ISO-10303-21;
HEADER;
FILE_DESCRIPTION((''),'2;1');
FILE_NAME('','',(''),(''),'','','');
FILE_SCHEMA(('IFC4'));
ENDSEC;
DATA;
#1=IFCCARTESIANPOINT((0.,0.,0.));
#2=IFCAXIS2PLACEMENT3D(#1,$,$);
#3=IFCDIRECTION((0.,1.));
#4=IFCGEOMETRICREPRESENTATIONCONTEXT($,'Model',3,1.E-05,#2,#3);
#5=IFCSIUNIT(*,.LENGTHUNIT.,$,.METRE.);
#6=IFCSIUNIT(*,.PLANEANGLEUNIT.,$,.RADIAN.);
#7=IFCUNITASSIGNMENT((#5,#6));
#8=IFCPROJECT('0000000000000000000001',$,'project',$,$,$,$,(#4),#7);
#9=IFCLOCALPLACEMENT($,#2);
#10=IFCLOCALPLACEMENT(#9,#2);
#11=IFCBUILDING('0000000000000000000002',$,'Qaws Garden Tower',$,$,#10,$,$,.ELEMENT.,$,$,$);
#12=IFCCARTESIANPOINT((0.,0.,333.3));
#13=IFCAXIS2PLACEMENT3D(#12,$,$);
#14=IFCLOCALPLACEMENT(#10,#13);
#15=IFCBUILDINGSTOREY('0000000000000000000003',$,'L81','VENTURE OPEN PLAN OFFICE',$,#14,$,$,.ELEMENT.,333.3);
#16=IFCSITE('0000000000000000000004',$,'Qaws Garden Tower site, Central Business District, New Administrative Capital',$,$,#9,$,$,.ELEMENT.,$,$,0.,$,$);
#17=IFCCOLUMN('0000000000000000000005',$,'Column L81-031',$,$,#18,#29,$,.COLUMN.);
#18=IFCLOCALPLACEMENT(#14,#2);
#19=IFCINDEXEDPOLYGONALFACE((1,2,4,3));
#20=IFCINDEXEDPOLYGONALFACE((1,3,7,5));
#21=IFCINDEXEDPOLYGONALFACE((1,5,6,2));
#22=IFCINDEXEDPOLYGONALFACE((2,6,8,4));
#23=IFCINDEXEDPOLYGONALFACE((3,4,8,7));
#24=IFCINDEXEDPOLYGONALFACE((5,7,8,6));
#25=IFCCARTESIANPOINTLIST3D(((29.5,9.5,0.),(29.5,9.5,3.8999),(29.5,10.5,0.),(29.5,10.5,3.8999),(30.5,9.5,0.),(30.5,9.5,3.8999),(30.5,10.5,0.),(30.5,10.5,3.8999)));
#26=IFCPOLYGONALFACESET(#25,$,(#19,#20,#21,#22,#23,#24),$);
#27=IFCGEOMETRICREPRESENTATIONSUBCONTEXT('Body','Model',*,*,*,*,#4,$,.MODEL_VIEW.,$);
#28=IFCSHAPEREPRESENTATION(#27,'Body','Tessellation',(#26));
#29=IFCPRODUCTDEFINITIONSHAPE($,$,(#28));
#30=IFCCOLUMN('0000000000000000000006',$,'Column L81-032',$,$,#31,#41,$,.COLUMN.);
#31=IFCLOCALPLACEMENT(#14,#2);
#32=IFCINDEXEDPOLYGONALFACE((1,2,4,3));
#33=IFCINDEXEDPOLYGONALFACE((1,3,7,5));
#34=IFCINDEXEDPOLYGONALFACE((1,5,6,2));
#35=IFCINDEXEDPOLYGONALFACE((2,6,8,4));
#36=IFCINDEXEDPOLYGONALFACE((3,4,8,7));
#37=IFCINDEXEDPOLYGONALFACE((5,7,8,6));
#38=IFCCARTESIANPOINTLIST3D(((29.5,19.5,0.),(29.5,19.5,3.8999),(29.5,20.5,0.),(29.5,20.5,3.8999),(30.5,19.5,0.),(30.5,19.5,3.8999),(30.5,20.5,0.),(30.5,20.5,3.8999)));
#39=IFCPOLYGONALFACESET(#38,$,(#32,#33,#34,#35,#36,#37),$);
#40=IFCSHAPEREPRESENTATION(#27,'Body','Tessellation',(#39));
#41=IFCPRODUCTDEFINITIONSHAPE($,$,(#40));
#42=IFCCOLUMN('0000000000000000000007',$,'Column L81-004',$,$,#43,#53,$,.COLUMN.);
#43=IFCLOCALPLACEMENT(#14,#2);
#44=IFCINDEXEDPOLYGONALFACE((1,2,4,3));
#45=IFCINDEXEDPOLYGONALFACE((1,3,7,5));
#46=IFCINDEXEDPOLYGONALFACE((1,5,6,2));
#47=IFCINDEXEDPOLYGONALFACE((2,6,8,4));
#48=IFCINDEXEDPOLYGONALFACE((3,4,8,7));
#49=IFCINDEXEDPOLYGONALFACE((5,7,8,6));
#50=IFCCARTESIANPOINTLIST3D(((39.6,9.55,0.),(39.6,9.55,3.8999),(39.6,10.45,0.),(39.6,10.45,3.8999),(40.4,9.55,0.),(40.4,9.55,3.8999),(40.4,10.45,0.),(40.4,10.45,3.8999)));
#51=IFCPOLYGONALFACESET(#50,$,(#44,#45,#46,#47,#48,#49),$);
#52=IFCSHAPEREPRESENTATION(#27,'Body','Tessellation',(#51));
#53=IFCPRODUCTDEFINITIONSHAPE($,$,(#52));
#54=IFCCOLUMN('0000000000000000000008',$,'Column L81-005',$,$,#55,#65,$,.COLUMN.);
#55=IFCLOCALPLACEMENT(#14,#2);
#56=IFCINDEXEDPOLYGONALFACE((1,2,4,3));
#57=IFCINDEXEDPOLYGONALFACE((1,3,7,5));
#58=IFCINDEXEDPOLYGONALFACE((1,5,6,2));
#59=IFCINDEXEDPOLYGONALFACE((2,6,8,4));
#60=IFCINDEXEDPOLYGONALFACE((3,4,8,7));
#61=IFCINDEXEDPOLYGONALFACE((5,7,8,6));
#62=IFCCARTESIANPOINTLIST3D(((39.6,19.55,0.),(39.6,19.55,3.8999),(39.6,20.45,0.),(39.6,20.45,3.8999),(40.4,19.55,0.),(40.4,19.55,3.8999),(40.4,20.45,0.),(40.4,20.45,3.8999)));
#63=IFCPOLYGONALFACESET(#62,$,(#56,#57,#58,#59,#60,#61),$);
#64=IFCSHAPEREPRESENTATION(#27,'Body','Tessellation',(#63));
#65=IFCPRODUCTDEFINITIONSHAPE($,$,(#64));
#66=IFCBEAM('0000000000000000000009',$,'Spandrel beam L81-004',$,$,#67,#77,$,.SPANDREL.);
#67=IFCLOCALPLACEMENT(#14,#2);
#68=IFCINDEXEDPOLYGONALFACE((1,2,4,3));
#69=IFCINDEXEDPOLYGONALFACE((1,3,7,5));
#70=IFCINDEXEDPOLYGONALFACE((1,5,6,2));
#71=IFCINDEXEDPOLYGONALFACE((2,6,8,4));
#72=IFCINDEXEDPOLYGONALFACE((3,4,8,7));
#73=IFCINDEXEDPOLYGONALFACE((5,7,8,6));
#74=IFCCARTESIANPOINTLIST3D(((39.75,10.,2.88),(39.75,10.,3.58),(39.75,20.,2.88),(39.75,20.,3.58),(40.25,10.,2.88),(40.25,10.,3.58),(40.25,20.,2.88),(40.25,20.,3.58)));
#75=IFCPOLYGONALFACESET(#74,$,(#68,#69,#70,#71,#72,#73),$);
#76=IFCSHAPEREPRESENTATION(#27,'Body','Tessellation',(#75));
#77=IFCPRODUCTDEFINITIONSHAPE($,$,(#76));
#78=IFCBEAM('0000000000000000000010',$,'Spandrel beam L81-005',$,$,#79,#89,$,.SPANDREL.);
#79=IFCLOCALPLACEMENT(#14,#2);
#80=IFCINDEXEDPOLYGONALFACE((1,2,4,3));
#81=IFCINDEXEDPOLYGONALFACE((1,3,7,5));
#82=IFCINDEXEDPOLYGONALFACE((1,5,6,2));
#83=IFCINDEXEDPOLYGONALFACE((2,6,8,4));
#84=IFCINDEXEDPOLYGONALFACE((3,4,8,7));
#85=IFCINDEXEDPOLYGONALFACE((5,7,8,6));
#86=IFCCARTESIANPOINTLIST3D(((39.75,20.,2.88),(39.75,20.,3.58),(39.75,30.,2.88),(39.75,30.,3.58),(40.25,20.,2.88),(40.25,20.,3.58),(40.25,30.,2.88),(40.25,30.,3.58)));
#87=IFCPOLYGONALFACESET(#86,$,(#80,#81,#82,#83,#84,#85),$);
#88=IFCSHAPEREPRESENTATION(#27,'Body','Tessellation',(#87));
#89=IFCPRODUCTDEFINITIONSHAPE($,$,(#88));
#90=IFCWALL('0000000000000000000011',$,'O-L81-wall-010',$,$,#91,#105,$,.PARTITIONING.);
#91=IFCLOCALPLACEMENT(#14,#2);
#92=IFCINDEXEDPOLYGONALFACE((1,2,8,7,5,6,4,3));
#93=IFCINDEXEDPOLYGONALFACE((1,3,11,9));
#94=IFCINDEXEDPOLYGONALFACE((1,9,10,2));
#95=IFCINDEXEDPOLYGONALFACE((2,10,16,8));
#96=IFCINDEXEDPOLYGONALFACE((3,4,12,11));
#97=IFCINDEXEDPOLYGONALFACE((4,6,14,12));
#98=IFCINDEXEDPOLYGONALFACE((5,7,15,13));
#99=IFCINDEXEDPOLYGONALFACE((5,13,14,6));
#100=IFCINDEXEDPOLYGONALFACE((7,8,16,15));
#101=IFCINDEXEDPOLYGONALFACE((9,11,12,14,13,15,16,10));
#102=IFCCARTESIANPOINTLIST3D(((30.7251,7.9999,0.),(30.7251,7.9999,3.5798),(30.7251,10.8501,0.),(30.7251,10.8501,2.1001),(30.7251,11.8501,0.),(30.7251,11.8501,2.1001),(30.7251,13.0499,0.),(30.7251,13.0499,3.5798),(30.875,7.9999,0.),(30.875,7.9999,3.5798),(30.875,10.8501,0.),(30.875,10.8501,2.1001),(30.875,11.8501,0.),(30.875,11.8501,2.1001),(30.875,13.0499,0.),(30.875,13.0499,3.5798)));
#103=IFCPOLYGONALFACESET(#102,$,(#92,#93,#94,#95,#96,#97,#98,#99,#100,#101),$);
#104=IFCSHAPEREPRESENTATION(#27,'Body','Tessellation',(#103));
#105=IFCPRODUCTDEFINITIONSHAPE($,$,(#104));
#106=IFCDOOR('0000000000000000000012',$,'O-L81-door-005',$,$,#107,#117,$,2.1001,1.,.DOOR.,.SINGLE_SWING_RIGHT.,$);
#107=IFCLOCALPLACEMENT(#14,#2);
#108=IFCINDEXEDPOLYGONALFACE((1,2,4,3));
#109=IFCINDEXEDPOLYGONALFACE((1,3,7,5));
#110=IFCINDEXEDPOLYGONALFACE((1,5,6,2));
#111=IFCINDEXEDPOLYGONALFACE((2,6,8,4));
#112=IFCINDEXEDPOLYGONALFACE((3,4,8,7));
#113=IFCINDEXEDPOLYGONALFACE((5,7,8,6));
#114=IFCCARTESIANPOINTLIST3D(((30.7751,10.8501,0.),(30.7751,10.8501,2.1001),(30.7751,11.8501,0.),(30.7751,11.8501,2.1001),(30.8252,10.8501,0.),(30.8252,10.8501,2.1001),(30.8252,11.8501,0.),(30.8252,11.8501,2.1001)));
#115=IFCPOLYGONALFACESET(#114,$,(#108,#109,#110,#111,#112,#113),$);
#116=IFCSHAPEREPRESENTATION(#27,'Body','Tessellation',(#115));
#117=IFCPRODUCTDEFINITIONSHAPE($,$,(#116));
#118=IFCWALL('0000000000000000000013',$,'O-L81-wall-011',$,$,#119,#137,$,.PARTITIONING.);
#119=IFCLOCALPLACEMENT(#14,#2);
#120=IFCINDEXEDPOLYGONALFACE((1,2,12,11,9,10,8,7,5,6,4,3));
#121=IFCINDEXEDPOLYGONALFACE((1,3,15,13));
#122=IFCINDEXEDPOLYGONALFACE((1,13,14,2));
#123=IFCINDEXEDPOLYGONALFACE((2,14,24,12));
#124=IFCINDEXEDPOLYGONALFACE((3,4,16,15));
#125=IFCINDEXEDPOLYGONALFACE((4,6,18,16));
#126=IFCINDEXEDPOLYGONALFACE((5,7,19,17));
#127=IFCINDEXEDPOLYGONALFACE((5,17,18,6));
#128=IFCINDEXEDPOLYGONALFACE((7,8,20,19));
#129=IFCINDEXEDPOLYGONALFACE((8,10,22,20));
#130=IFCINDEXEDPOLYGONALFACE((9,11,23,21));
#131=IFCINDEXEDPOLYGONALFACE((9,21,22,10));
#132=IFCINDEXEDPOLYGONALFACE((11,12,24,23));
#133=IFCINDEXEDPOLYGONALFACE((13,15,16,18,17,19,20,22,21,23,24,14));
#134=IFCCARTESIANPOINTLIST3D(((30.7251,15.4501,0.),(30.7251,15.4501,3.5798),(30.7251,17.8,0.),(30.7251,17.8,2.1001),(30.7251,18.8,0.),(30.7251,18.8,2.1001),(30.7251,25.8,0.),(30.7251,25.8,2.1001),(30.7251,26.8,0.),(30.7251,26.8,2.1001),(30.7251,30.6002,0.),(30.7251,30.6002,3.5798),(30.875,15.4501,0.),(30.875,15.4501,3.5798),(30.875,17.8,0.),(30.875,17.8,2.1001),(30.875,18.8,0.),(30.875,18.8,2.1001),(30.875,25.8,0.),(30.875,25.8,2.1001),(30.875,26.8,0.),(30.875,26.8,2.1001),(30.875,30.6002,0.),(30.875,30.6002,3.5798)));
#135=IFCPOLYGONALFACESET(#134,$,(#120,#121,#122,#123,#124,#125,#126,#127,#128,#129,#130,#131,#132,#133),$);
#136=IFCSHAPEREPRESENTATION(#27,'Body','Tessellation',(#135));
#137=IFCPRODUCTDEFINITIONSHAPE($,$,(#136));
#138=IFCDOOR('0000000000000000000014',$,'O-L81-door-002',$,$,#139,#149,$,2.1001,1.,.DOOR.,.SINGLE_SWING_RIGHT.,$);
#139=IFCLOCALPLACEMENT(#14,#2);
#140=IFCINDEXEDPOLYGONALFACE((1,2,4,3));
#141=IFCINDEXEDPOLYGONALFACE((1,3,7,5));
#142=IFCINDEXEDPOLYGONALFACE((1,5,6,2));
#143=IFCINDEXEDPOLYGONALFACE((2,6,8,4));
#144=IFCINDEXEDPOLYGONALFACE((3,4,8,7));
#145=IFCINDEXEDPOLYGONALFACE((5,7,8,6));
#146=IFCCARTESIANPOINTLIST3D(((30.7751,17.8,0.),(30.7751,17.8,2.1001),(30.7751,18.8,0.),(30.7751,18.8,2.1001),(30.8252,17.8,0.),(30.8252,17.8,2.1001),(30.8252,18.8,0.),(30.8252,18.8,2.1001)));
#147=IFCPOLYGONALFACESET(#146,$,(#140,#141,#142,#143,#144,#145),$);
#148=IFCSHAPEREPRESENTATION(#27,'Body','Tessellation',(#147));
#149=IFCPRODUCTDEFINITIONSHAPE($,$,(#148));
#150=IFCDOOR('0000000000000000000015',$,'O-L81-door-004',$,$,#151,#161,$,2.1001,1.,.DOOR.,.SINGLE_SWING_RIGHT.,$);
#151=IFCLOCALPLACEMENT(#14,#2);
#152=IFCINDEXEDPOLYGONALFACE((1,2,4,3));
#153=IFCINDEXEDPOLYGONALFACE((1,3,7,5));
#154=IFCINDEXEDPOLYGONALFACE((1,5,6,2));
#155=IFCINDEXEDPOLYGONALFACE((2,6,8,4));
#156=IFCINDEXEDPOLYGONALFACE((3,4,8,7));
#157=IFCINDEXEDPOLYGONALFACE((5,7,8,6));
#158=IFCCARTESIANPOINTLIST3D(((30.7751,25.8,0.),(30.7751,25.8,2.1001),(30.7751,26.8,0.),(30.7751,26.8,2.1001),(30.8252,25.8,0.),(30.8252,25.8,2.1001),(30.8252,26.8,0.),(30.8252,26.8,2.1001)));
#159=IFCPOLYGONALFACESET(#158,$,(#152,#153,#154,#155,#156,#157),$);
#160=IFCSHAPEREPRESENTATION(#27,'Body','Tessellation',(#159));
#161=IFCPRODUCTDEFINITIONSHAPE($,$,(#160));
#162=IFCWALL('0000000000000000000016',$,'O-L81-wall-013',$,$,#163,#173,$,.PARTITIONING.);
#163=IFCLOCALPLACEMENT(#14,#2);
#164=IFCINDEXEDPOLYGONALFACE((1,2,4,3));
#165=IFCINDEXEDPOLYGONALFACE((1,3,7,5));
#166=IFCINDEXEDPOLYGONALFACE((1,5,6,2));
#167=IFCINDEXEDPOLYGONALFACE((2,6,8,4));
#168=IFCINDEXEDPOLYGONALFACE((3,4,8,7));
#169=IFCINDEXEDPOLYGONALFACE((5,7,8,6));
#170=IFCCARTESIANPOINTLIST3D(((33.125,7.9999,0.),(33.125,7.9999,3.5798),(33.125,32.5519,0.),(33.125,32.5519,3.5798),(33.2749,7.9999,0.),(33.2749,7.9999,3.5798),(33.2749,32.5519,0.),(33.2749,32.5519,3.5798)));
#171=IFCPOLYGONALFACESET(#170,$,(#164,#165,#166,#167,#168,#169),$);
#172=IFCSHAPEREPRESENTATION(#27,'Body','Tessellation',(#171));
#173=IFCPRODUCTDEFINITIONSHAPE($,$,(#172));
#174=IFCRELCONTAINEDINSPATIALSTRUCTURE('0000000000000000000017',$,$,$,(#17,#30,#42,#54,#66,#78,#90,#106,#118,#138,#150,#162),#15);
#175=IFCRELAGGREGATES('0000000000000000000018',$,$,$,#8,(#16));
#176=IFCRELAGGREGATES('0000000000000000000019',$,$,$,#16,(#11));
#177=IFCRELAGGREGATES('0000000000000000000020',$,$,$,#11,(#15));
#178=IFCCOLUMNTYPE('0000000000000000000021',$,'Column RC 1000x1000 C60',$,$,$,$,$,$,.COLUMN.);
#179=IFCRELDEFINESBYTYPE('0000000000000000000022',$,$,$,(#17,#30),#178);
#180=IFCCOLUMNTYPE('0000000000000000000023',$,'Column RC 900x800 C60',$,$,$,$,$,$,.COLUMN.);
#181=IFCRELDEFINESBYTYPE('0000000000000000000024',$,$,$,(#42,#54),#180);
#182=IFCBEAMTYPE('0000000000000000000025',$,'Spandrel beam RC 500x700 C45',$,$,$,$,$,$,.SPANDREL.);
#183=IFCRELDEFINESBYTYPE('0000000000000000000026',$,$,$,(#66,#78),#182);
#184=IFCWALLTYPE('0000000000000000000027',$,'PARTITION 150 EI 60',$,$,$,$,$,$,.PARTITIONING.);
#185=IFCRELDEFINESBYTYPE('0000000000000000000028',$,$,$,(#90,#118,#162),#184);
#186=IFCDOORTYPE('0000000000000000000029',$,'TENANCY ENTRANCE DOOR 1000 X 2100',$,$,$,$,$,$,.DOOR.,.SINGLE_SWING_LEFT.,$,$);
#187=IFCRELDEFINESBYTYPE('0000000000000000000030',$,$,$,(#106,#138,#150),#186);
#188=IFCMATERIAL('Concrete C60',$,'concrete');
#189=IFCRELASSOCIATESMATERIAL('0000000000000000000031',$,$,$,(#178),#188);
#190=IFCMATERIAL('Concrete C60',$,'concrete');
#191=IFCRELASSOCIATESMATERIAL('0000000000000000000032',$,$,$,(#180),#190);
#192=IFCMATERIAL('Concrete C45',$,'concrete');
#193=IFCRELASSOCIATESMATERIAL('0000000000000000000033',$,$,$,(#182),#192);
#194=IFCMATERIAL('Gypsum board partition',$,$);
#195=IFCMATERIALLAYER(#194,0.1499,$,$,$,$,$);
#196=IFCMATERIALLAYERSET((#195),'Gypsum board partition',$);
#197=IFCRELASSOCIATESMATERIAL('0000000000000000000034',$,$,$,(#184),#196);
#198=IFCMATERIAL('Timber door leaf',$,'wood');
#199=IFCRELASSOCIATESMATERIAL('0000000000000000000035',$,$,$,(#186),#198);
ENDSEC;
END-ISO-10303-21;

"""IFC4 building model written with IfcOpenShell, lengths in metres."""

from ifc_helpers import new_model, si_unit, direction, frame, frame_2d, origin, origin_2d, place, context, subcontext, project, spatial, rectangle, extrude, material, layer, layer_set, material_profile, profile_set, type_object, element, fill, save


model = new_model("IFC4")

# Units and contexts
model_context = context("Model", 3, precision=1e-05, world=origin(), true_north=direction((0.0, 1.0)))
body_context = subcontext(model_context, "Body", "Model", "MODEL_VIEW")
ifc_project = project(units=[si_unit("LENGTHUNIT", "METRE"), si_unit("PLANEANGLEUNIT", "RADIAN")], contexts=[model_context])

# Site, building, storey
site_placement = place(None, origin())
site = spatial("IfcSite", under=ifc_project, at=site_placement, Name="Qaws Garden Tower site, Central Business District, New Administrative Capital", CompositionType="ELEMENT", RefElevation=0.0)
building_placement = place(site_placement, origin())
building = spatial("IfcBuilding", under=site, at=building_placement, Name="Qaws Garden Tower", CompositionType="ELEMENT")
storey_placement = place(building_placement, frame((0.0, 0.0, 333.3)))
storey = spatial("IfcBuildingStorey", under=building, at=storey_placement, Name="L81", Description="VENTURE OPEN PLAN OFFICE", CompositionType="ELEMENT", Elevation=333.3)

# Columns
ifc_material_1 = material(Name="Concrete C60", Category="concrete")
ifc_material_profile_1 = material_profile(ifc_material_1, rectangle(XDim=1.0, YDim=1.0, at=origin_2d()), Name="RC 1000x1000")
ifc_profile_set_1 = profile_set([ifc_material_profile_1], Name="Concrete C60")
column_type_1 = type_object("IfcColumnType", Name="Column RC 1000x1000 C60", PredefinedType="COLUMN", material=ifc_profile_set_1)
for number, where, z_axis, x_axis, name in (
    (1, (30.0, 10.0, 0.0), (0.0, 0.0, 1.0), (1.0, 0.0, 0.0), "Column L81-031"),
    (2, (30.0, 20.0, 0.0), (0.0, 0.0, 1.0), (1.0, 0.0, 0.0), "Column L81-032"),
):
    element("IfcColumn", number, at=place(storey_placement, frame(where, z_axis=z_axis, x_axis=x_axis)), inside=storey, type_object=column_type_1, Name=name, PredefinedType="COLUMN", context=body_context, shape_type="SweptSolid", body=[
        extrude(rectangle(XDim=1.0, YDim=1.0, at=origin_2d()), origin(), (0.0, 0.0, 1.0), 3.8999),
    ])
ifc_material_2 = material(Name="Concrete C60", Category="concrete")
ifc_material_profile_2 = material_profile(ifc_material_2, rectangle(XDim=0.8999, YDim=0.8, at=origin_2d()), Name="RC 900x800")
ifc_profile_set_2 = profile_set([ifc_material_profile_2], Name="Concrete C60")
column_type_2 = type_object("IfcColumnType", Name="Column RC 900x800 C60", PredefinedType="COLUMN", material=ifc_profile_set_2)
for number, where, z_axis, x_axis, name in (
    (3, (40.0, 10.0, 0.0), (0.0, 0.0, 1.0), (0.0, 1.0, 0.0), "Column L81-004"),
    (4, (40.0, 20.0, 0.0), (0.0, 0.0, 1.0), (0.0, 1.0, 0.0), "Column L81-005"),
):
    element("IfcColumn", number, at=place(storey_placement, frame(where, z_axis=z_axis, x_axis=x_axis)), inside=storey, type_object=column_type_2, Name=name, PredefinedType="COLUMN", context=body_context, shape_type="SweptSolid", body=[
        extrude(rectangle(XDim=0.8999, YDim=0.8, at=origin_2d()), origin(), (0.0, 0.0, 1.0), 3.8999),
    ])

# Beams
ifc_material_3 = material(Name="Concrete C45", Category="concrete")
ifc_material_profile_3 = material_profile(ifc_material_3, rectangle(XDim=0.5, YDim=0.7, at=origin_2d()), Name="RC 500x700")
ifc_profile_set_3 = profile_set([ifc_material_profile_3], Name="Concrete C45")
beam_type = type_object("IfcBeamType", Name="Spandrel beam RC 500x700 C45", PredefinedType="SPANDREL", material=ifc_profile_set_3)
for number, where, z_axis, x_axis, name in (
    (5, (40.0, 10.0, 3.23), (0.0, 1.0, 0.0), (-1.0, 0.0, 0.0), "Spandrel beam L81-004"),
    (6, (40.0, 20.0, 3.23), (0.0, 1.0, 0.0), (-1.0, 0.0, 0.0), "Spandrel beam L81-005"),
):
    element("IfcBeam", number, at=place(storey_placement, frame(where, z_axis=z_axis, x_axis=x_axis)), inside=storey, type_object=beam_type, Name=name, PredefinedType="SPANDREL", context=body_context, shape_type="SweptSolid", body=[
        extrude(rectangle(XDim=0.5, YDim=0.7, at=origin_2d()), origin(), (0.0, 0.0, 1.0), 10.0),
    ])

# Wall, opening, door
ifc_material_4 = material(Name="Gypsum board partition")
ifc_layer_1 = layer(ifc_material_4, 0.1499)
ifc_layer_set_1 = layer_set([ifc_layer_1], Name="Gypsum board partition")
wall_type = type_object("IfcWallType", Name="PARTITION 150 EI 60", PredefinedType="PARTITIONING", material=ifc_layer_set_1)
wall_1_placement = place(storey_placement, frame((30.8, 8.0, 0.0), z_axis=(0.0, 0.0, 1.0), x_axis=(0.0, 1.0, 0.0)))
wall_1 = element("IfcWall", 7, at=wall_1_placement, inside=storey, type_object=wall_type, Name="O-L81-wall-010", PredefinedType="PARTITIONING", context=body_context, shape_type="SweptSolid", body=[
    extrude(rectangle(XDim=5.05, YDim=0.1499, at=frame_2d((2.5249, 0.0))), origin(), (0.0, 0.0, 1.0), 3.5798),
])
opening_1_placement = place(wall_1_placement, frame((2.8501, 0.0, 0.0)))
opening_1 = element("IfcOpeningElement", 8, at=opening_1_placement, cuts=wall_1, PredefinedType="OPENING", context=body_context, shape_type="SweptSolid", body=[
    extrude(rectangle(XDim=1.0, YDim=2.1001, at=frame_2d((0.5, 1.05))), frame((0.0, 0.085, 0.0), z_axis=(0.0, -1.0, 0.0), x_axis=(1.0, 0.0, 0.0)), (0.0, 0.0, 1.0), 0.1699),
])
ifc_material_5 = material(Name="Timber door leaf", Category="wood")
door_type = type_object("IfcDoorType", Name="TENANCY ENTRANCE DOOR 1000 X 2100", OperationType="SINGLE_SWING_LEFT", PredefinedType="DOOR", material=ifc_material_5)
door_1_placement = place(opening_1_placement, origin())
door_1 = element("IfcDoor", 9, at=door_1_placement, inside=storey, type_object=door_type, Name="O-L81-door-005", OperationType="SINGLE_SWING_RIGHT", OverallHeight=2.1001, OverallWidth=1.0, PredefinedType="DOOR", context=body_context, shape_type="SweptSolid", body=[
    extrude(rectangle(XDim=1.0, YDim=2.1001, at=frame_2d((0.5, 1.05))), frame((0.0, 0.0249, 0.0), z_axis=(0.0, -1.0, 0.0), x_axis=(1.0, 0.0, 0.0)), (0.0, 0.0, 1.0), 0.05),
])
fill(opening_1, door_1)

# Wall, openings, doors
wall_2_placement = place(storey_placement, frame((30.8, 15.45, 0.0), z_axis=(0.0, 0.0, 1.0), x_axis=(0.0, 1.0, 0.0)))
wall_2 = element("IfcWall", 10, at=wall_2_placement, inside=storey, type_object=wall_type, Name="O-L81-wall-011", PredefinedType="PARTITIONING", context=body_context, shape_type="SweptSolid", body=[
    extrude(rectangle(XDim=15.1501, YDim=0.1499, at=frame_2d((7.5752, 0.0))), origin(), (0.0, 0.0, 1.0), 3.5798),
])
opening_2_placement = place(wall_2_placement, frame((2.3501, 0.0, 0.0)))
opening_2 = element("IfcOpeningElement", 11, at=opening_2_placement, cuts=wall_2, PredefinedType="OPENING", context=body_context, shape_type="SweptSolid", body=[
    extrude(rectangle(XDim=1.0, YDim=2.1001, at=frame_2d((0.5, 1.05))), frame((0.0, 0.085, 0.0), z_axis=(0.0, -1.0, 0.0), x_axis=(1.0, 0.0, 0.0)), (0.0, 0.0, 1.0), 0.1699),
])
opening_3_placement = place(wall_2_placement, frame((10.3501, 0.0, 0.0)))
opening_3 = element("IfcOpeningElement", 12, at=opening_3_placement, cuts=wall_2, PredefinedType="OPENING", context=body_context, shape_type="SweptSolid", body=[
    extrude(rectangle(XDim=1.0, YDim=2.1001, at=frame_2d((0.5, 1.05))), frame((0.0, 0.085, 0.0), z_axis=(0.0, -1.0, 0.0), x_axis=(1.0, 0.0, 0.0)), (0.0, 0.0, 1.0), 0.1699),
])
door_2_placement = place(opening_2_placement, origin())
door_2 = element("IfcDoor", 13, at=door_2_placement, inside=storey, type_object=door_type, Name="O-L81-door-002", OperationType="SINGLE_SWING_RIGHT", OverallHeight=2.1001, OverallWidth=1.0, PredefinedType="DOOR", context=body_context, shape_type="SweptSolid", body=[
    extrude(rectangle(XDim=1.0, YDim=2.1001, at=frame_2d((0.5, 1.05))), frame((0.0, 0.0249, 0.0), z_axis=(0.0, -1.0, 0.0), x_axis=(1.0, 0.0, 0.0)), (0.0, 0.0, 1.0), 0.05),
])
fill(opening_2, door_2)
door_3_placement = place(opening_3_placement, origin())
door_3 = element("IfcDoor", 14, at=door_3_placement, inside=storey, type_object=door_type, Name="O-L81-door-004", OperationType="SINGLE_SWING_RIGHT", OverallHeight=2.1001, OverallWidth=1.0, PredefinedType="DOOR", context=body_context, shape_type="SweptSolid", body=[
    extrude(rectangle(XDim=1.0, YDim=2.1001, at=frame_2d((0.5, 1.05))), frame((0.0, 0.0249, 0.0), z_axis=(0.0, -1.0, 0.0), x_axis=(1.0, 0.0, 0.0)), (0.0, 0.0, 1.0), 0.05),
])
fill(opening_3, door_3)

# Wall
wall_3_placement = place(storey_placement, frame((33.2, 8.0, 0.0), z_axis=(0.0, 0.0, 1.0), x_axis=(0.0, 1.0, 0.0)))
element("IfcWall", 15, at=wall_3_placement, inside=storey, type_object=wall_type, Name="O-L81-wall-013", PredefinedType="PARTITIONING", context=body_context, shape_type="SweptSolid", body=[
    extrude(rectangle(XDim=24.552, YDim=0.1499, at=frame_2d((12.2759, 0.0))), origin(), (0.0, 0.0, 1.0), 3.5798),
])

save(model, "model.ifc")
